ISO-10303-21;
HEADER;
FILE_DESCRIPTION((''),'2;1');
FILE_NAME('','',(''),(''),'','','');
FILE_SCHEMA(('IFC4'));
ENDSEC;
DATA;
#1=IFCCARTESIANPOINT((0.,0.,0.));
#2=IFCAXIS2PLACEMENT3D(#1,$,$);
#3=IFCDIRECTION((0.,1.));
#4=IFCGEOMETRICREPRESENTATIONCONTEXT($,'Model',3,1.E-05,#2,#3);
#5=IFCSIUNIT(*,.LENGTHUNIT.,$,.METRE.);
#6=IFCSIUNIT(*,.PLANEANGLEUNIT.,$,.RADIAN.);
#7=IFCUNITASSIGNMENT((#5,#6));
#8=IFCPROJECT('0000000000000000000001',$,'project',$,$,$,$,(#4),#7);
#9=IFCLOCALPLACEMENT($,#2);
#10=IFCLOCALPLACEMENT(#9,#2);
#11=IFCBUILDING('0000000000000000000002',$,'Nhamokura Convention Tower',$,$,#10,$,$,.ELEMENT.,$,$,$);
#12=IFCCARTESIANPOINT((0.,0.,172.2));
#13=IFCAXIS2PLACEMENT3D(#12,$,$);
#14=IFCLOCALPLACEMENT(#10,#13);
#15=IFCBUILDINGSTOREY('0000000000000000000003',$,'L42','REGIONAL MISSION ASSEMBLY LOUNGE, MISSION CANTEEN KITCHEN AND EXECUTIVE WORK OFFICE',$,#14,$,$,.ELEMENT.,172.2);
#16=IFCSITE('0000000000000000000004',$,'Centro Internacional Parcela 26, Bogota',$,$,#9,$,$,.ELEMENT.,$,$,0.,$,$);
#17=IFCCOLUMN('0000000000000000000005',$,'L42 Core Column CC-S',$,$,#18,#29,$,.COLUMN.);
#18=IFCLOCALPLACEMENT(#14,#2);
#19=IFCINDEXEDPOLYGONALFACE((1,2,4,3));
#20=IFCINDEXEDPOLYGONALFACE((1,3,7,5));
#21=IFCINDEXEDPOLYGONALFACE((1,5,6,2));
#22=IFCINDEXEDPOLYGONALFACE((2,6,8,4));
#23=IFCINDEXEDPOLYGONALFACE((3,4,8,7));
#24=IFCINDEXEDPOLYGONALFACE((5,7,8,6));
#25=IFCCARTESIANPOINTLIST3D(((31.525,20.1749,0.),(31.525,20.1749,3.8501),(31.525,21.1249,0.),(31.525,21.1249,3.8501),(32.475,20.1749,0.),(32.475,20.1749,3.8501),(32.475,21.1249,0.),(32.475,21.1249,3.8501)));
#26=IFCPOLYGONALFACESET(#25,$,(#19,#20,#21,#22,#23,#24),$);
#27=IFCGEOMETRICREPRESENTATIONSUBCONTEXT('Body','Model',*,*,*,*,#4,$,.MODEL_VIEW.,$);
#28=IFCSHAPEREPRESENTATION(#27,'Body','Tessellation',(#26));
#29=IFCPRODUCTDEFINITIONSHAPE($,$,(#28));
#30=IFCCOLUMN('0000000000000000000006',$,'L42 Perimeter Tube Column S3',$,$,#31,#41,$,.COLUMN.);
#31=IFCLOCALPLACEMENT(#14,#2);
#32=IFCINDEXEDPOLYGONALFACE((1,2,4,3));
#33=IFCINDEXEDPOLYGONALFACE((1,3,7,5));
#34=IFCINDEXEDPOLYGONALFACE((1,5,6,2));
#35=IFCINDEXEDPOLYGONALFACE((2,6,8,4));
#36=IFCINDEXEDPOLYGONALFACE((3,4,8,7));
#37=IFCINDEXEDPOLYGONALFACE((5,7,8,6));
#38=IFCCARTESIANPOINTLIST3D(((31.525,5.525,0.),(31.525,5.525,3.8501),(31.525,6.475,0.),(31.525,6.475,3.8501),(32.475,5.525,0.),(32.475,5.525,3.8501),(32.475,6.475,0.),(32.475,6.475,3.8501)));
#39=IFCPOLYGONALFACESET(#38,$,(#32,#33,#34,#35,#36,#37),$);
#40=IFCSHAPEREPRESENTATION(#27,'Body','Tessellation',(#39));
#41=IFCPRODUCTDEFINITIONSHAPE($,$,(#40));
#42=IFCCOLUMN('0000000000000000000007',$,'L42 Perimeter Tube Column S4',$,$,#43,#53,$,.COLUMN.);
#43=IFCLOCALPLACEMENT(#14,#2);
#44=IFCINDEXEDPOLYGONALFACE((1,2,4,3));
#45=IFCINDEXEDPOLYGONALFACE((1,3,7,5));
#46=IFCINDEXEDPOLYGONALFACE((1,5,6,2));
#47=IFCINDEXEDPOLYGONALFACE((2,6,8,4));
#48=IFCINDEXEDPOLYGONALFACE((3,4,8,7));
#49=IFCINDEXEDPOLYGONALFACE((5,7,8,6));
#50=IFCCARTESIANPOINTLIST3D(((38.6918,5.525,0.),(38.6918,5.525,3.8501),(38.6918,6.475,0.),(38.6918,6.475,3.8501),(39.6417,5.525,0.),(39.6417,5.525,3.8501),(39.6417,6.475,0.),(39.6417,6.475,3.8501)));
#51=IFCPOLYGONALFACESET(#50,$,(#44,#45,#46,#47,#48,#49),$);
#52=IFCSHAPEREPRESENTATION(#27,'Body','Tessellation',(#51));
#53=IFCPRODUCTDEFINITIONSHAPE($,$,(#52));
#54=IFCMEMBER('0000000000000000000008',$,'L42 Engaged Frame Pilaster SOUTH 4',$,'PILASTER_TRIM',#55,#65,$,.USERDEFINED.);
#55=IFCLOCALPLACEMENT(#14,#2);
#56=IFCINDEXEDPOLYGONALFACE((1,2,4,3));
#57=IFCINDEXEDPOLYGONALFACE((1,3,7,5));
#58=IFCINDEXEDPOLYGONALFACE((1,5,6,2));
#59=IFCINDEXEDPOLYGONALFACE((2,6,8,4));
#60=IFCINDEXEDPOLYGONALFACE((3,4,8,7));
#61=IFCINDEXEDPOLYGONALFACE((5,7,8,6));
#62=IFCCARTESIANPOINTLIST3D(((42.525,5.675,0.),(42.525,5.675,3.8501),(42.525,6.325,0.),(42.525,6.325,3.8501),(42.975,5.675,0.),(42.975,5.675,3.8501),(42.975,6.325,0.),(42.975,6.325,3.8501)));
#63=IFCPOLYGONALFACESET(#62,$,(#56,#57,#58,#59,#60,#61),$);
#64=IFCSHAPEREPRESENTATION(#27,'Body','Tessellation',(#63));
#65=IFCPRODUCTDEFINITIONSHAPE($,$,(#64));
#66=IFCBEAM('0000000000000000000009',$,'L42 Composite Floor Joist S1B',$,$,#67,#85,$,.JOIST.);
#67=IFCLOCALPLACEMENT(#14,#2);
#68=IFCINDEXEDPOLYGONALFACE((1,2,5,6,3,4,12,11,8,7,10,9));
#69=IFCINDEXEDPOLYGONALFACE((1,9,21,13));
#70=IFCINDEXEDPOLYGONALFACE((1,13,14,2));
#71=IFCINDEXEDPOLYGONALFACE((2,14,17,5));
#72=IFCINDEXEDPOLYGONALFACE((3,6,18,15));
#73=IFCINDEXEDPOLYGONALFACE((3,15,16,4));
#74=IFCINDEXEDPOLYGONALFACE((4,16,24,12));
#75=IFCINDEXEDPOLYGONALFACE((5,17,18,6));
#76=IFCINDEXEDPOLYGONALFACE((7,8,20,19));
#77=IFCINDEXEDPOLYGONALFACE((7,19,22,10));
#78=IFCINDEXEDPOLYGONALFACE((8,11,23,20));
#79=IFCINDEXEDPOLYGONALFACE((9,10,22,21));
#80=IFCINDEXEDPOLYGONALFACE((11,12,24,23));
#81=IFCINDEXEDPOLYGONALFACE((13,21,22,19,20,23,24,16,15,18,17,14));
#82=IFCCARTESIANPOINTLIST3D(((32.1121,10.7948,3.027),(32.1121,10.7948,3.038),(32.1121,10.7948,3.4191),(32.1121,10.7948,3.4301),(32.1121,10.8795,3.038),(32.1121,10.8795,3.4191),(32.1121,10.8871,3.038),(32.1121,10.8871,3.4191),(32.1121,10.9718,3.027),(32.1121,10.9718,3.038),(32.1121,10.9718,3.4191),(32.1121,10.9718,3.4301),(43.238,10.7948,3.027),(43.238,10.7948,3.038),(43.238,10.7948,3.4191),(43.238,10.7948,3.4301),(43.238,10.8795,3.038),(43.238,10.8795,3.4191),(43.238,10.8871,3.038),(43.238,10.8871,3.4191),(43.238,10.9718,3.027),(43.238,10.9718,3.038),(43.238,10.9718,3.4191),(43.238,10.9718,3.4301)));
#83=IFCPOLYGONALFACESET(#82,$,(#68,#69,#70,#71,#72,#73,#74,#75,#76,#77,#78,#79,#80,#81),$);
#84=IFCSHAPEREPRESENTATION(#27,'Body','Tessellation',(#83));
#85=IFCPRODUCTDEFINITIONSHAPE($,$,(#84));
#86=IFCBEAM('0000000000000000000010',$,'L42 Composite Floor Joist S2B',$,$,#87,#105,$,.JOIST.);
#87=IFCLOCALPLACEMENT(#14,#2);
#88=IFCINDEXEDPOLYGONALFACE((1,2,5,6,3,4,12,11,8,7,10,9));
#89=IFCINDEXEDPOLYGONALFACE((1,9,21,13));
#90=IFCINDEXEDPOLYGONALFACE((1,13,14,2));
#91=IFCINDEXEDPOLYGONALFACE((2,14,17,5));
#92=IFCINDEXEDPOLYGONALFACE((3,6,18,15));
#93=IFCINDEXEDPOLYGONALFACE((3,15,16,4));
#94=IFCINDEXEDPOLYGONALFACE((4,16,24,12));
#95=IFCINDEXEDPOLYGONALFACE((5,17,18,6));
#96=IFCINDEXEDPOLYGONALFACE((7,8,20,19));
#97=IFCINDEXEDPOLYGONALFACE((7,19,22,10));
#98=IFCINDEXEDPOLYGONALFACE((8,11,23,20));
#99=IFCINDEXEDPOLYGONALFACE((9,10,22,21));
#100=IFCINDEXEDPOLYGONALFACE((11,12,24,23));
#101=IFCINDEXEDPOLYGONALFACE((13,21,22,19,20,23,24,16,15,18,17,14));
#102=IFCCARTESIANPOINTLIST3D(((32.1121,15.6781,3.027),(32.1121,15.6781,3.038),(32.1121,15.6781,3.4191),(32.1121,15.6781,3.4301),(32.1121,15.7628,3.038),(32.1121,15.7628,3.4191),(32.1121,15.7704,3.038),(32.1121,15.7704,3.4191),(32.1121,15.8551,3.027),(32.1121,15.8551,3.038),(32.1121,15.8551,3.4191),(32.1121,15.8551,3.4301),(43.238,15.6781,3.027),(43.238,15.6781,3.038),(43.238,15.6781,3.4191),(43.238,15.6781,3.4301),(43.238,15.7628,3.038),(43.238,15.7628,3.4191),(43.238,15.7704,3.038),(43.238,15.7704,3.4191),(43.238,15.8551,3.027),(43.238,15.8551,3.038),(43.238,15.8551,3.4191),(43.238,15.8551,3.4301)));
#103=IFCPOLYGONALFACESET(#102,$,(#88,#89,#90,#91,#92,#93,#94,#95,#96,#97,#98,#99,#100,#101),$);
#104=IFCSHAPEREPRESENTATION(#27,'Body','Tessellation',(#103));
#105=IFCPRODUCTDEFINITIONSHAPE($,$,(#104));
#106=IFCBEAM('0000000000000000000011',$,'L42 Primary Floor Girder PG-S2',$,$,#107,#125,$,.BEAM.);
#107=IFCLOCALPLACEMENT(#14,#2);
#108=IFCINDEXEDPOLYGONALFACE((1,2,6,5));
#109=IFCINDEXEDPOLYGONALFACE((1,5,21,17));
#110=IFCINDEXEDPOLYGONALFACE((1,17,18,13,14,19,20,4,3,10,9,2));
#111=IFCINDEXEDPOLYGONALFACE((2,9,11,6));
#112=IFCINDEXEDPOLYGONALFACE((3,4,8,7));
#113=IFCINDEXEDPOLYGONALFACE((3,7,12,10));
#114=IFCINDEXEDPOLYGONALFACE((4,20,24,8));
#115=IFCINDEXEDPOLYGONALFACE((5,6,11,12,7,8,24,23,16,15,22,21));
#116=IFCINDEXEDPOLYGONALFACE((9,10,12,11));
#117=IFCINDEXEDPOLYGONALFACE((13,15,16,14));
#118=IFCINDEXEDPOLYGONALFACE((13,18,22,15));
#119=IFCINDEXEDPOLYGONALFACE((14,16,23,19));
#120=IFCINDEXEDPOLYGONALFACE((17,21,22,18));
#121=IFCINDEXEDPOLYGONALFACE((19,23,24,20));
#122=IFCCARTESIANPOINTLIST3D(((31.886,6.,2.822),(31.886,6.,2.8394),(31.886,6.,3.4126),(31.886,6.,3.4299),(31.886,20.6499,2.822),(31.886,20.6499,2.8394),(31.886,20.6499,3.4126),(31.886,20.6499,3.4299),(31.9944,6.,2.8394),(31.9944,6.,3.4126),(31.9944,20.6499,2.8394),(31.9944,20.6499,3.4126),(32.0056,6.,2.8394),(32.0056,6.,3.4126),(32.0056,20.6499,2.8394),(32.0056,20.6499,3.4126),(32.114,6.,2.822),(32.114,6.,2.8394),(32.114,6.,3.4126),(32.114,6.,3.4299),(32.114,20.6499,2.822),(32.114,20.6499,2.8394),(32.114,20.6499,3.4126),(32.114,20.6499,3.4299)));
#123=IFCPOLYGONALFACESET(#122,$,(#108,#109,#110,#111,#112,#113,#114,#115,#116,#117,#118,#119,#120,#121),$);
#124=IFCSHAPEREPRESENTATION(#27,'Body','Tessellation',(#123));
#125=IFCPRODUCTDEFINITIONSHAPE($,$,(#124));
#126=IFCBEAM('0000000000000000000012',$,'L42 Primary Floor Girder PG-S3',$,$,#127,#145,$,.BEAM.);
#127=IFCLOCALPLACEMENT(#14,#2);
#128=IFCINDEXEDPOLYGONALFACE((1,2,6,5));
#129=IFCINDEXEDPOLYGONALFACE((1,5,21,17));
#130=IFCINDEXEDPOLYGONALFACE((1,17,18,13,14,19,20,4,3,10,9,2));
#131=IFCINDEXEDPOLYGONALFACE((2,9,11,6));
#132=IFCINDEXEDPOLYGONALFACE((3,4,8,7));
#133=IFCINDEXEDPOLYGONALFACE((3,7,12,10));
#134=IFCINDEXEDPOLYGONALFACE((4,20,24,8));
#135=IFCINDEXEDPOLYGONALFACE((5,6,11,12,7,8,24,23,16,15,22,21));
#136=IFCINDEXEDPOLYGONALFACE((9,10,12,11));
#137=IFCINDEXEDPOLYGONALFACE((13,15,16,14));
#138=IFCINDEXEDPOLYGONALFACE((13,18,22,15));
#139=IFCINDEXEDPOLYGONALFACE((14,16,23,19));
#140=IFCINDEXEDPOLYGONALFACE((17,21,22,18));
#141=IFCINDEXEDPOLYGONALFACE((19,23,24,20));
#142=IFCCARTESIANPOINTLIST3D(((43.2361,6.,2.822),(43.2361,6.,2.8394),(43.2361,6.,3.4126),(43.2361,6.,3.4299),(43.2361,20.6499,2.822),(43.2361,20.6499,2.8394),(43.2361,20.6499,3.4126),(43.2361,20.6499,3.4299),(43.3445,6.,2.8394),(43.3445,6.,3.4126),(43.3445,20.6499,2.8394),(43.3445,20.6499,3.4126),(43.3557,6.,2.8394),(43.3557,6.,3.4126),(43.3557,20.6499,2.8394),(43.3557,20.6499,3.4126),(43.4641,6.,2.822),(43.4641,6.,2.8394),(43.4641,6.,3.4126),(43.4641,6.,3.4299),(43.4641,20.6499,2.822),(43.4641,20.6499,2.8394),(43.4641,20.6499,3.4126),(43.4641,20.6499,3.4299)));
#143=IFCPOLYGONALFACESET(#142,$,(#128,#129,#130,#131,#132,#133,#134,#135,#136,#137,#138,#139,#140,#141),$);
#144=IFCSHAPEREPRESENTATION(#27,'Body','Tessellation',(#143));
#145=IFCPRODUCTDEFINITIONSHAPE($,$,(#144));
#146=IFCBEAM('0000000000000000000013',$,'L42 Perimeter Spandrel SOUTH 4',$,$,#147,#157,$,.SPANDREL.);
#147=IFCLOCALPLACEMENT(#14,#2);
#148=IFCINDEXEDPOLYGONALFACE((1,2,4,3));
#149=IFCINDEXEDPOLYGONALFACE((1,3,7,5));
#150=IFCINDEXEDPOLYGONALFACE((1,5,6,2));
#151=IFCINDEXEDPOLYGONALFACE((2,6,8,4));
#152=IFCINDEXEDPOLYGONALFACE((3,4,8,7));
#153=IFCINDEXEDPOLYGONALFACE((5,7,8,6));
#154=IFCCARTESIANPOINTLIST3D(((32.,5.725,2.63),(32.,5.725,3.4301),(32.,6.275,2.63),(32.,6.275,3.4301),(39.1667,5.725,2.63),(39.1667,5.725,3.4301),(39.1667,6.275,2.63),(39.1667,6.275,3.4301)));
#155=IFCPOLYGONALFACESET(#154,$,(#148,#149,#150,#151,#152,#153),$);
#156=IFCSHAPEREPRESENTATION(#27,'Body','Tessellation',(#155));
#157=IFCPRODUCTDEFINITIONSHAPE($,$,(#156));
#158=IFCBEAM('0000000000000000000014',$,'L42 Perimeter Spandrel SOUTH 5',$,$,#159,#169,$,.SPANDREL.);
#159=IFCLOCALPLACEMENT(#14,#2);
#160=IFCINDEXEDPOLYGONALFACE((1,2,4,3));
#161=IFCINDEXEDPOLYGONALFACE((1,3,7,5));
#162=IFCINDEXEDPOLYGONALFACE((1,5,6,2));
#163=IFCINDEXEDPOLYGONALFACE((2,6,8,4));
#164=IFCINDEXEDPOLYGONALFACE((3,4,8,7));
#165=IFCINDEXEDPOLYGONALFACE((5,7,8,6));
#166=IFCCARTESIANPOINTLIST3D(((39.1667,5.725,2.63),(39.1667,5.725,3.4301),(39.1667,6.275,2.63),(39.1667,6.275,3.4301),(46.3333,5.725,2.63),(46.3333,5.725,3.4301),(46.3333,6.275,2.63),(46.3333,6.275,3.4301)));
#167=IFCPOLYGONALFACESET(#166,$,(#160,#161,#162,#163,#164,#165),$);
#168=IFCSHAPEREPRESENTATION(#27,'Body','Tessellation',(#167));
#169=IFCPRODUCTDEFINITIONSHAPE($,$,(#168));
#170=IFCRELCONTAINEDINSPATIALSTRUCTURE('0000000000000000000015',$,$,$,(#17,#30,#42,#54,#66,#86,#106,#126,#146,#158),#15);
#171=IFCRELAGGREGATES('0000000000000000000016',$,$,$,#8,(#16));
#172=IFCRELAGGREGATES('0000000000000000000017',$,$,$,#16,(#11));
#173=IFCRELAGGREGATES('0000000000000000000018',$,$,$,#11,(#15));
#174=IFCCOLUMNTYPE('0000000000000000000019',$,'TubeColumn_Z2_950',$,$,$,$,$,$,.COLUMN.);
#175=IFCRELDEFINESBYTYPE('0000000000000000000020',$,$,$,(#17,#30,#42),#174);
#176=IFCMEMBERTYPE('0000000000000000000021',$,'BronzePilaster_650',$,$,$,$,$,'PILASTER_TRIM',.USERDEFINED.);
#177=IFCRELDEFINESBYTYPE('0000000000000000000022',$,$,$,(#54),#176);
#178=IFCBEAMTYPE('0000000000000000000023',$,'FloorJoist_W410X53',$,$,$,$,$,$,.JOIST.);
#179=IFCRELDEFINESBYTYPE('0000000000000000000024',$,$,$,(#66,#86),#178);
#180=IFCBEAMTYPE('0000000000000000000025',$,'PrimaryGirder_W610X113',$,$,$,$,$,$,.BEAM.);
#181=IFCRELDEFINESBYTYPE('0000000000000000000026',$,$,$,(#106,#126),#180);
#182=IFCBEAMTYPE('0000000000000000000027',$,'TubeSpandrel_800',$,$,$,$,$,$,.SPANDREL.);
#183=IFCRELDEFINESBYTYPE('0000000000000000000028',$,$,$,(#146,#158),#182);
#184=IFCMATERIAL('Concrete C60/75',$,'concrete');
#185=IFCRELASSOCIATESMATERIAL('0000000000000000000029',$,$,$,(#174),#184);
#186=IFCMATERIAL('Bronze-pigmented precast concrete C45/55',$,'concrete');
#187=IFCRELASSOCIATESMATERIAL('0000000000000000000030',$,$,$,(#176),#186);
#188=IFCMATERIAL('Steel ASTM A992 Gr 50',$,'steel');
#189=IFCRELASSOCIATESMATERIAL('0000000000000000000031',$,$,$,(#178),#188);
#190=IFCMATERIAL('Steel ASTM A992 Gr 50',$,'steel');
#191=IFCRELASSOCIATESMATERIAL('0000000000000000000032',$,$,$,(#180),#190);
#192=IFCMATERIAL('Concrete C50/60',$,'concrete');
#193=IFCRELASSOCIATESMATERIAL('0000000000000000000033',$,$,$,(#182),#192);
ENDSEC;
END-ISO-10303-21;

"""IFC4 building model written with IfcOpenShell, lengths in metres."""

from ifc_helpers import new_model, si_unit, direction, frame, origin, origin_2d, place, context, subcontext, project, spatial, rectangle, i_section, extrude, material, material_profile, profile_set, type_object, element, save


model = new_model("IFC4")

# Units and contexts
model_context = context("Model", 3, precision=1e-05, world=origin(), true_north=direction((0.0, 1.0)))
body_context = subcontext(model_context, "Body", "Model", "MODEL_VIEW")
ifc_project = project(units=[si_unit("LENGTHUNIT", "METRE"), si_unit("PLANEANGLEUNIT", "RADIAN")], contexts=[model_context])

# Site, building, storey
site_placement = place(None, origin())
site = spatial("IfcSite", under=ifc_project, at=site_placement, Name="Centro Internacional Parcela 26, Bogota", CompositionType="ELEMENT", RefElevation=0.0)
building_placement = place(site_placement, origin())
building = spatial("IfcBuilding", under=site, at=building_placement, Name="Nhamokura Convention Tower", CompositionType="ELEMENT")
storey_placement = place(building_placement, frame((0.0, 0.0, 172.2)))
storey = spatial("IfcBuildingStorey", under=building, at=storey_placement, Name="L42", Description="REGIONAL MISSION ASSEMBLY LOUNGE, MISSION CANTEEN KITCHEN AND EXECUTIVE WORK OFFICE", CompositionType="ELEMENT", Elevation=172.2)

# Columns
ifc_material_1 = material(Name="Concrete C60/75", Category="concrete")
ifc_material_profile_1 = material_profile(ifc_material_1, rectangle(XDim=0.95, YDim=0.95, at=origin_2d()))
ifc_profile_set_1 = profile_set([ifc_material_profile_1], Name="Concrete C60/75")
column_type = type_object("IfcColumnType", Name="TubeColumn_Z2_950", PredefinedType="COLUMN", material=ifc_profile_set_1)
for number, where, z_axis, x_axis, name in (
    (1, (32.0, 20.6499, 0.0), (0.0, 0.0, 1.0), (1.0, 0.0, 0.0), "L42 Core Column CC-S"),
    (2, (32.0, 6.0, 0.0), (0.0, 0.0, 1.0), (1.0, 0.0, 0.0), "L42 Perimeter Tube Column S3"),
    (3, (39.1667, 6.0, 0.0), (0.0, 0.0, 1.0), (1.0, 0.0, 0.0), "L42 Perimeter Tube Column S4"),
):
    element("IfcColumn", number, at=place(storey_placement, frame(where, z_axis=z_axis, x_axis=x_axis)), inside=storey, type_object=column_type, Name=name, PredefinedType="COLUMN", context=body_context, shape_type="SweptSolid", body=[
        extrude(rectangle(XDim=0.95, YDim=0.95, at=origin_2d()), origin(), (0.0, 0.0, 1.0), 3.8501),
    ])

# Member
ifc_material_2 = material(Name="Bronze-pigmented precast concrete C45/55", Category="concrete")
ifc_material_profile_2 = material_profile(ifc_material_2, rectangle(XDim=0.45, YDim=0.6499, at=origin_2d()))
ifc_profile_set_2 = profile_set([ifc_material_profile_2], Name="Bronze-pigmented precast concrete C45/55")
member_type = type_object("IfcMemberType", Name="BronzePilaster_650", ElementType="PILASTER_TRIM", PredefinedType="USERDEFINED", material=ifc_profile_set_2)
member_placement = place(storey_placement, frame((42.75, 6.0, 0.0), z_axis=(0.0, 0.0, 1.0), x_axis=(1.0, 0.0, 0.0)))
element("IfcMember", 4, at=member_placement, inside=storey, type_object=member_type, Name="L42 Engaged Frame Pilaster SOUTH 4", ObjectType="PILASTER_TRIM", PredefinedType="USERDEFINED", context=body_context, shape_type="SweptSolid", body=[
    extrude(rectangle(XDim=0.45, YDim=0.6499, at=origin_2d()), origin(), (0.0, 0.0, 1.0), 3.8501),
])

# Beams
ifc_material_3 = material(Name="Steel ASTM A992 Gr 50", Category="steel")
ifc_material_profile_3 = material_profile(ifc_material_3, i_section(OverallWidth=0.177, OverallDepth=0.4031, WebThickness=0.0076, FlangeThickness=0.011, at=origin_2d()))
ifc_profile_set_3 = profile_set([ifc_material_profile_3], Name="Steel ASTM A992 Gr 50")
beam_type_1 = type_object("IfcBeamType", Name="FloorJoist_W410X53", PredefinedType="JOIST", material=ifc_profile_set_3)
for number, where, z_axis, x_axis, name in (
    (5, (32.1121, 10.8833, 3.2285), (1.0, 0.0, 0.0), (0.0, 1.0, 0.0), "L42 Composite Floor Joist S1B"),
    (6, (32.1121, 15.7666, 3.2285), (1.0, 0.0, 0.0), (0.0, 1.0, 0.0), "L42 Composite Floor Joist S2B"),
):
    element("IfcBeam", number, at=place(storey_placement, frame(where, z_axis=z_axis, x_axis=x_axis)), inside=storey, type_object=beam_type_1, Name=name, PredefinedType="JOIST", context=body_context, shape_type="SweptSolid", body=[
        extrude(i_section(OverallWidth=0.177, OverallDepth=0.4031, WebThickness=0.0076, FlangeThickness=0.011, at=origin_2d()), origin(), (0.0, 0.0, 1.0), 11.126),
    ])
ifc_material_4 = material(Name="Steel ASTM A992 Gr 50", Category="steel")
ifc_material_profile_4 = material_profile(ifc_material_4, i_section(OverallWidth=0.228, OverallDepth=0.6079, WebThickness=0.0112, FlangeThickness=0.0173, at=origin_2d()))
ifc_profile_set_4 = profile_set([ifc_material_profile_4], Name="Steel ASTM A992 Gr 50")
beam_type_2 = type_object("IfcBeamType", Name="PrimaryGirder_W610X113", PredefinedType="BEAM", material=ifc_profile_set_4)
for number, where, z_axis, x_axis, name in (
    (7, (32.0, 6.0, 3.126), (0.0, 1.0, 0.0), (-1.0, 0.0, 0.0), "L42 Primary Floor Girder PG-S2"),
    (8, (43.3501, 6.0, 3.126), (0.0, 1.0, 0.0), (-1.0, 0.0, 0.0), "L42 Primary Floor Girder PG-S3"),
):
    element("IfcBeam", number, at=place(storey_placement, frame(where, z_axis=z_axis, x_axis=x_axis)), inside=storey, type_object=beam_type_2, Name=name, PredefinedType="BEAM", context=body_context, shape_type="SweptSolid", body=[
        extrude(i_section(OverallWidth=0.228, OverallDepth=0.6079, WebThickness=0.0112, FlangeThickness=0.0173, at=origin_2d()), origin(), (0.0, 0.0, 1.0), 14.6499),
    ])
ifc_material_5 = material(Name="Concrete C50/60", Category="concrete")
ifc_material_profile_5 = material_profile(ifc_material_5, rectangle(XDim=0.55, YDim=0.8, at=origin_2d()))
ifc_profile_set_5 = profile_set([ifc_material_profile_5], Name="Concrete C50/60")
beam_type_3 = type_object("IfcBeamType", Name="TubeSpandrel_800", PredefinedType="SPANDREL", material=ifc_profile_set_5)
beam_1_placement = place(storey_placement, frame((32.0, 6.0, 3.03), z_axis=(1.0, 0.0, 0.0), x_axis=(0.0, 1.0, 0.0)))
element("IfcBeam", 9, at=beam_1_placement, inside=storey, type_object=beam_type_3, Name="L42 Perimeter Spandrel SOUTH 4", PredefinedType="SPANDREL", context=body_context, shape_type="SweptSolid", body=[
    extrude(rectangle(XDim=0.55, YDim=0.8, at=origin_2d()), origin(), (0.0, 0.0, 1.0), 7.1667),
])
beam_2_placement = place(storey_placement, frame((39.1667, 6.0, 3.03), z_axis=(1.0, 0.0, 0.0), x_axis=(0.0, 1.0, 0.0)))
element("IfcBeam", 10, at=beam_2_placement, inside=storey, type_object=beam_type_3, Name="L42 Perimeter Spandrel SOUTH 5", PredefinedType="SPANDREL", context=body_context, shape_type="SweptSolid", body=[
    extrude(rectangle(XDim=0.55, YDim=0.8, at=origin_2d()), origin(), (0.0, 0.0, 1.0), 7.1665),
])

save(model, "model.ifc")
